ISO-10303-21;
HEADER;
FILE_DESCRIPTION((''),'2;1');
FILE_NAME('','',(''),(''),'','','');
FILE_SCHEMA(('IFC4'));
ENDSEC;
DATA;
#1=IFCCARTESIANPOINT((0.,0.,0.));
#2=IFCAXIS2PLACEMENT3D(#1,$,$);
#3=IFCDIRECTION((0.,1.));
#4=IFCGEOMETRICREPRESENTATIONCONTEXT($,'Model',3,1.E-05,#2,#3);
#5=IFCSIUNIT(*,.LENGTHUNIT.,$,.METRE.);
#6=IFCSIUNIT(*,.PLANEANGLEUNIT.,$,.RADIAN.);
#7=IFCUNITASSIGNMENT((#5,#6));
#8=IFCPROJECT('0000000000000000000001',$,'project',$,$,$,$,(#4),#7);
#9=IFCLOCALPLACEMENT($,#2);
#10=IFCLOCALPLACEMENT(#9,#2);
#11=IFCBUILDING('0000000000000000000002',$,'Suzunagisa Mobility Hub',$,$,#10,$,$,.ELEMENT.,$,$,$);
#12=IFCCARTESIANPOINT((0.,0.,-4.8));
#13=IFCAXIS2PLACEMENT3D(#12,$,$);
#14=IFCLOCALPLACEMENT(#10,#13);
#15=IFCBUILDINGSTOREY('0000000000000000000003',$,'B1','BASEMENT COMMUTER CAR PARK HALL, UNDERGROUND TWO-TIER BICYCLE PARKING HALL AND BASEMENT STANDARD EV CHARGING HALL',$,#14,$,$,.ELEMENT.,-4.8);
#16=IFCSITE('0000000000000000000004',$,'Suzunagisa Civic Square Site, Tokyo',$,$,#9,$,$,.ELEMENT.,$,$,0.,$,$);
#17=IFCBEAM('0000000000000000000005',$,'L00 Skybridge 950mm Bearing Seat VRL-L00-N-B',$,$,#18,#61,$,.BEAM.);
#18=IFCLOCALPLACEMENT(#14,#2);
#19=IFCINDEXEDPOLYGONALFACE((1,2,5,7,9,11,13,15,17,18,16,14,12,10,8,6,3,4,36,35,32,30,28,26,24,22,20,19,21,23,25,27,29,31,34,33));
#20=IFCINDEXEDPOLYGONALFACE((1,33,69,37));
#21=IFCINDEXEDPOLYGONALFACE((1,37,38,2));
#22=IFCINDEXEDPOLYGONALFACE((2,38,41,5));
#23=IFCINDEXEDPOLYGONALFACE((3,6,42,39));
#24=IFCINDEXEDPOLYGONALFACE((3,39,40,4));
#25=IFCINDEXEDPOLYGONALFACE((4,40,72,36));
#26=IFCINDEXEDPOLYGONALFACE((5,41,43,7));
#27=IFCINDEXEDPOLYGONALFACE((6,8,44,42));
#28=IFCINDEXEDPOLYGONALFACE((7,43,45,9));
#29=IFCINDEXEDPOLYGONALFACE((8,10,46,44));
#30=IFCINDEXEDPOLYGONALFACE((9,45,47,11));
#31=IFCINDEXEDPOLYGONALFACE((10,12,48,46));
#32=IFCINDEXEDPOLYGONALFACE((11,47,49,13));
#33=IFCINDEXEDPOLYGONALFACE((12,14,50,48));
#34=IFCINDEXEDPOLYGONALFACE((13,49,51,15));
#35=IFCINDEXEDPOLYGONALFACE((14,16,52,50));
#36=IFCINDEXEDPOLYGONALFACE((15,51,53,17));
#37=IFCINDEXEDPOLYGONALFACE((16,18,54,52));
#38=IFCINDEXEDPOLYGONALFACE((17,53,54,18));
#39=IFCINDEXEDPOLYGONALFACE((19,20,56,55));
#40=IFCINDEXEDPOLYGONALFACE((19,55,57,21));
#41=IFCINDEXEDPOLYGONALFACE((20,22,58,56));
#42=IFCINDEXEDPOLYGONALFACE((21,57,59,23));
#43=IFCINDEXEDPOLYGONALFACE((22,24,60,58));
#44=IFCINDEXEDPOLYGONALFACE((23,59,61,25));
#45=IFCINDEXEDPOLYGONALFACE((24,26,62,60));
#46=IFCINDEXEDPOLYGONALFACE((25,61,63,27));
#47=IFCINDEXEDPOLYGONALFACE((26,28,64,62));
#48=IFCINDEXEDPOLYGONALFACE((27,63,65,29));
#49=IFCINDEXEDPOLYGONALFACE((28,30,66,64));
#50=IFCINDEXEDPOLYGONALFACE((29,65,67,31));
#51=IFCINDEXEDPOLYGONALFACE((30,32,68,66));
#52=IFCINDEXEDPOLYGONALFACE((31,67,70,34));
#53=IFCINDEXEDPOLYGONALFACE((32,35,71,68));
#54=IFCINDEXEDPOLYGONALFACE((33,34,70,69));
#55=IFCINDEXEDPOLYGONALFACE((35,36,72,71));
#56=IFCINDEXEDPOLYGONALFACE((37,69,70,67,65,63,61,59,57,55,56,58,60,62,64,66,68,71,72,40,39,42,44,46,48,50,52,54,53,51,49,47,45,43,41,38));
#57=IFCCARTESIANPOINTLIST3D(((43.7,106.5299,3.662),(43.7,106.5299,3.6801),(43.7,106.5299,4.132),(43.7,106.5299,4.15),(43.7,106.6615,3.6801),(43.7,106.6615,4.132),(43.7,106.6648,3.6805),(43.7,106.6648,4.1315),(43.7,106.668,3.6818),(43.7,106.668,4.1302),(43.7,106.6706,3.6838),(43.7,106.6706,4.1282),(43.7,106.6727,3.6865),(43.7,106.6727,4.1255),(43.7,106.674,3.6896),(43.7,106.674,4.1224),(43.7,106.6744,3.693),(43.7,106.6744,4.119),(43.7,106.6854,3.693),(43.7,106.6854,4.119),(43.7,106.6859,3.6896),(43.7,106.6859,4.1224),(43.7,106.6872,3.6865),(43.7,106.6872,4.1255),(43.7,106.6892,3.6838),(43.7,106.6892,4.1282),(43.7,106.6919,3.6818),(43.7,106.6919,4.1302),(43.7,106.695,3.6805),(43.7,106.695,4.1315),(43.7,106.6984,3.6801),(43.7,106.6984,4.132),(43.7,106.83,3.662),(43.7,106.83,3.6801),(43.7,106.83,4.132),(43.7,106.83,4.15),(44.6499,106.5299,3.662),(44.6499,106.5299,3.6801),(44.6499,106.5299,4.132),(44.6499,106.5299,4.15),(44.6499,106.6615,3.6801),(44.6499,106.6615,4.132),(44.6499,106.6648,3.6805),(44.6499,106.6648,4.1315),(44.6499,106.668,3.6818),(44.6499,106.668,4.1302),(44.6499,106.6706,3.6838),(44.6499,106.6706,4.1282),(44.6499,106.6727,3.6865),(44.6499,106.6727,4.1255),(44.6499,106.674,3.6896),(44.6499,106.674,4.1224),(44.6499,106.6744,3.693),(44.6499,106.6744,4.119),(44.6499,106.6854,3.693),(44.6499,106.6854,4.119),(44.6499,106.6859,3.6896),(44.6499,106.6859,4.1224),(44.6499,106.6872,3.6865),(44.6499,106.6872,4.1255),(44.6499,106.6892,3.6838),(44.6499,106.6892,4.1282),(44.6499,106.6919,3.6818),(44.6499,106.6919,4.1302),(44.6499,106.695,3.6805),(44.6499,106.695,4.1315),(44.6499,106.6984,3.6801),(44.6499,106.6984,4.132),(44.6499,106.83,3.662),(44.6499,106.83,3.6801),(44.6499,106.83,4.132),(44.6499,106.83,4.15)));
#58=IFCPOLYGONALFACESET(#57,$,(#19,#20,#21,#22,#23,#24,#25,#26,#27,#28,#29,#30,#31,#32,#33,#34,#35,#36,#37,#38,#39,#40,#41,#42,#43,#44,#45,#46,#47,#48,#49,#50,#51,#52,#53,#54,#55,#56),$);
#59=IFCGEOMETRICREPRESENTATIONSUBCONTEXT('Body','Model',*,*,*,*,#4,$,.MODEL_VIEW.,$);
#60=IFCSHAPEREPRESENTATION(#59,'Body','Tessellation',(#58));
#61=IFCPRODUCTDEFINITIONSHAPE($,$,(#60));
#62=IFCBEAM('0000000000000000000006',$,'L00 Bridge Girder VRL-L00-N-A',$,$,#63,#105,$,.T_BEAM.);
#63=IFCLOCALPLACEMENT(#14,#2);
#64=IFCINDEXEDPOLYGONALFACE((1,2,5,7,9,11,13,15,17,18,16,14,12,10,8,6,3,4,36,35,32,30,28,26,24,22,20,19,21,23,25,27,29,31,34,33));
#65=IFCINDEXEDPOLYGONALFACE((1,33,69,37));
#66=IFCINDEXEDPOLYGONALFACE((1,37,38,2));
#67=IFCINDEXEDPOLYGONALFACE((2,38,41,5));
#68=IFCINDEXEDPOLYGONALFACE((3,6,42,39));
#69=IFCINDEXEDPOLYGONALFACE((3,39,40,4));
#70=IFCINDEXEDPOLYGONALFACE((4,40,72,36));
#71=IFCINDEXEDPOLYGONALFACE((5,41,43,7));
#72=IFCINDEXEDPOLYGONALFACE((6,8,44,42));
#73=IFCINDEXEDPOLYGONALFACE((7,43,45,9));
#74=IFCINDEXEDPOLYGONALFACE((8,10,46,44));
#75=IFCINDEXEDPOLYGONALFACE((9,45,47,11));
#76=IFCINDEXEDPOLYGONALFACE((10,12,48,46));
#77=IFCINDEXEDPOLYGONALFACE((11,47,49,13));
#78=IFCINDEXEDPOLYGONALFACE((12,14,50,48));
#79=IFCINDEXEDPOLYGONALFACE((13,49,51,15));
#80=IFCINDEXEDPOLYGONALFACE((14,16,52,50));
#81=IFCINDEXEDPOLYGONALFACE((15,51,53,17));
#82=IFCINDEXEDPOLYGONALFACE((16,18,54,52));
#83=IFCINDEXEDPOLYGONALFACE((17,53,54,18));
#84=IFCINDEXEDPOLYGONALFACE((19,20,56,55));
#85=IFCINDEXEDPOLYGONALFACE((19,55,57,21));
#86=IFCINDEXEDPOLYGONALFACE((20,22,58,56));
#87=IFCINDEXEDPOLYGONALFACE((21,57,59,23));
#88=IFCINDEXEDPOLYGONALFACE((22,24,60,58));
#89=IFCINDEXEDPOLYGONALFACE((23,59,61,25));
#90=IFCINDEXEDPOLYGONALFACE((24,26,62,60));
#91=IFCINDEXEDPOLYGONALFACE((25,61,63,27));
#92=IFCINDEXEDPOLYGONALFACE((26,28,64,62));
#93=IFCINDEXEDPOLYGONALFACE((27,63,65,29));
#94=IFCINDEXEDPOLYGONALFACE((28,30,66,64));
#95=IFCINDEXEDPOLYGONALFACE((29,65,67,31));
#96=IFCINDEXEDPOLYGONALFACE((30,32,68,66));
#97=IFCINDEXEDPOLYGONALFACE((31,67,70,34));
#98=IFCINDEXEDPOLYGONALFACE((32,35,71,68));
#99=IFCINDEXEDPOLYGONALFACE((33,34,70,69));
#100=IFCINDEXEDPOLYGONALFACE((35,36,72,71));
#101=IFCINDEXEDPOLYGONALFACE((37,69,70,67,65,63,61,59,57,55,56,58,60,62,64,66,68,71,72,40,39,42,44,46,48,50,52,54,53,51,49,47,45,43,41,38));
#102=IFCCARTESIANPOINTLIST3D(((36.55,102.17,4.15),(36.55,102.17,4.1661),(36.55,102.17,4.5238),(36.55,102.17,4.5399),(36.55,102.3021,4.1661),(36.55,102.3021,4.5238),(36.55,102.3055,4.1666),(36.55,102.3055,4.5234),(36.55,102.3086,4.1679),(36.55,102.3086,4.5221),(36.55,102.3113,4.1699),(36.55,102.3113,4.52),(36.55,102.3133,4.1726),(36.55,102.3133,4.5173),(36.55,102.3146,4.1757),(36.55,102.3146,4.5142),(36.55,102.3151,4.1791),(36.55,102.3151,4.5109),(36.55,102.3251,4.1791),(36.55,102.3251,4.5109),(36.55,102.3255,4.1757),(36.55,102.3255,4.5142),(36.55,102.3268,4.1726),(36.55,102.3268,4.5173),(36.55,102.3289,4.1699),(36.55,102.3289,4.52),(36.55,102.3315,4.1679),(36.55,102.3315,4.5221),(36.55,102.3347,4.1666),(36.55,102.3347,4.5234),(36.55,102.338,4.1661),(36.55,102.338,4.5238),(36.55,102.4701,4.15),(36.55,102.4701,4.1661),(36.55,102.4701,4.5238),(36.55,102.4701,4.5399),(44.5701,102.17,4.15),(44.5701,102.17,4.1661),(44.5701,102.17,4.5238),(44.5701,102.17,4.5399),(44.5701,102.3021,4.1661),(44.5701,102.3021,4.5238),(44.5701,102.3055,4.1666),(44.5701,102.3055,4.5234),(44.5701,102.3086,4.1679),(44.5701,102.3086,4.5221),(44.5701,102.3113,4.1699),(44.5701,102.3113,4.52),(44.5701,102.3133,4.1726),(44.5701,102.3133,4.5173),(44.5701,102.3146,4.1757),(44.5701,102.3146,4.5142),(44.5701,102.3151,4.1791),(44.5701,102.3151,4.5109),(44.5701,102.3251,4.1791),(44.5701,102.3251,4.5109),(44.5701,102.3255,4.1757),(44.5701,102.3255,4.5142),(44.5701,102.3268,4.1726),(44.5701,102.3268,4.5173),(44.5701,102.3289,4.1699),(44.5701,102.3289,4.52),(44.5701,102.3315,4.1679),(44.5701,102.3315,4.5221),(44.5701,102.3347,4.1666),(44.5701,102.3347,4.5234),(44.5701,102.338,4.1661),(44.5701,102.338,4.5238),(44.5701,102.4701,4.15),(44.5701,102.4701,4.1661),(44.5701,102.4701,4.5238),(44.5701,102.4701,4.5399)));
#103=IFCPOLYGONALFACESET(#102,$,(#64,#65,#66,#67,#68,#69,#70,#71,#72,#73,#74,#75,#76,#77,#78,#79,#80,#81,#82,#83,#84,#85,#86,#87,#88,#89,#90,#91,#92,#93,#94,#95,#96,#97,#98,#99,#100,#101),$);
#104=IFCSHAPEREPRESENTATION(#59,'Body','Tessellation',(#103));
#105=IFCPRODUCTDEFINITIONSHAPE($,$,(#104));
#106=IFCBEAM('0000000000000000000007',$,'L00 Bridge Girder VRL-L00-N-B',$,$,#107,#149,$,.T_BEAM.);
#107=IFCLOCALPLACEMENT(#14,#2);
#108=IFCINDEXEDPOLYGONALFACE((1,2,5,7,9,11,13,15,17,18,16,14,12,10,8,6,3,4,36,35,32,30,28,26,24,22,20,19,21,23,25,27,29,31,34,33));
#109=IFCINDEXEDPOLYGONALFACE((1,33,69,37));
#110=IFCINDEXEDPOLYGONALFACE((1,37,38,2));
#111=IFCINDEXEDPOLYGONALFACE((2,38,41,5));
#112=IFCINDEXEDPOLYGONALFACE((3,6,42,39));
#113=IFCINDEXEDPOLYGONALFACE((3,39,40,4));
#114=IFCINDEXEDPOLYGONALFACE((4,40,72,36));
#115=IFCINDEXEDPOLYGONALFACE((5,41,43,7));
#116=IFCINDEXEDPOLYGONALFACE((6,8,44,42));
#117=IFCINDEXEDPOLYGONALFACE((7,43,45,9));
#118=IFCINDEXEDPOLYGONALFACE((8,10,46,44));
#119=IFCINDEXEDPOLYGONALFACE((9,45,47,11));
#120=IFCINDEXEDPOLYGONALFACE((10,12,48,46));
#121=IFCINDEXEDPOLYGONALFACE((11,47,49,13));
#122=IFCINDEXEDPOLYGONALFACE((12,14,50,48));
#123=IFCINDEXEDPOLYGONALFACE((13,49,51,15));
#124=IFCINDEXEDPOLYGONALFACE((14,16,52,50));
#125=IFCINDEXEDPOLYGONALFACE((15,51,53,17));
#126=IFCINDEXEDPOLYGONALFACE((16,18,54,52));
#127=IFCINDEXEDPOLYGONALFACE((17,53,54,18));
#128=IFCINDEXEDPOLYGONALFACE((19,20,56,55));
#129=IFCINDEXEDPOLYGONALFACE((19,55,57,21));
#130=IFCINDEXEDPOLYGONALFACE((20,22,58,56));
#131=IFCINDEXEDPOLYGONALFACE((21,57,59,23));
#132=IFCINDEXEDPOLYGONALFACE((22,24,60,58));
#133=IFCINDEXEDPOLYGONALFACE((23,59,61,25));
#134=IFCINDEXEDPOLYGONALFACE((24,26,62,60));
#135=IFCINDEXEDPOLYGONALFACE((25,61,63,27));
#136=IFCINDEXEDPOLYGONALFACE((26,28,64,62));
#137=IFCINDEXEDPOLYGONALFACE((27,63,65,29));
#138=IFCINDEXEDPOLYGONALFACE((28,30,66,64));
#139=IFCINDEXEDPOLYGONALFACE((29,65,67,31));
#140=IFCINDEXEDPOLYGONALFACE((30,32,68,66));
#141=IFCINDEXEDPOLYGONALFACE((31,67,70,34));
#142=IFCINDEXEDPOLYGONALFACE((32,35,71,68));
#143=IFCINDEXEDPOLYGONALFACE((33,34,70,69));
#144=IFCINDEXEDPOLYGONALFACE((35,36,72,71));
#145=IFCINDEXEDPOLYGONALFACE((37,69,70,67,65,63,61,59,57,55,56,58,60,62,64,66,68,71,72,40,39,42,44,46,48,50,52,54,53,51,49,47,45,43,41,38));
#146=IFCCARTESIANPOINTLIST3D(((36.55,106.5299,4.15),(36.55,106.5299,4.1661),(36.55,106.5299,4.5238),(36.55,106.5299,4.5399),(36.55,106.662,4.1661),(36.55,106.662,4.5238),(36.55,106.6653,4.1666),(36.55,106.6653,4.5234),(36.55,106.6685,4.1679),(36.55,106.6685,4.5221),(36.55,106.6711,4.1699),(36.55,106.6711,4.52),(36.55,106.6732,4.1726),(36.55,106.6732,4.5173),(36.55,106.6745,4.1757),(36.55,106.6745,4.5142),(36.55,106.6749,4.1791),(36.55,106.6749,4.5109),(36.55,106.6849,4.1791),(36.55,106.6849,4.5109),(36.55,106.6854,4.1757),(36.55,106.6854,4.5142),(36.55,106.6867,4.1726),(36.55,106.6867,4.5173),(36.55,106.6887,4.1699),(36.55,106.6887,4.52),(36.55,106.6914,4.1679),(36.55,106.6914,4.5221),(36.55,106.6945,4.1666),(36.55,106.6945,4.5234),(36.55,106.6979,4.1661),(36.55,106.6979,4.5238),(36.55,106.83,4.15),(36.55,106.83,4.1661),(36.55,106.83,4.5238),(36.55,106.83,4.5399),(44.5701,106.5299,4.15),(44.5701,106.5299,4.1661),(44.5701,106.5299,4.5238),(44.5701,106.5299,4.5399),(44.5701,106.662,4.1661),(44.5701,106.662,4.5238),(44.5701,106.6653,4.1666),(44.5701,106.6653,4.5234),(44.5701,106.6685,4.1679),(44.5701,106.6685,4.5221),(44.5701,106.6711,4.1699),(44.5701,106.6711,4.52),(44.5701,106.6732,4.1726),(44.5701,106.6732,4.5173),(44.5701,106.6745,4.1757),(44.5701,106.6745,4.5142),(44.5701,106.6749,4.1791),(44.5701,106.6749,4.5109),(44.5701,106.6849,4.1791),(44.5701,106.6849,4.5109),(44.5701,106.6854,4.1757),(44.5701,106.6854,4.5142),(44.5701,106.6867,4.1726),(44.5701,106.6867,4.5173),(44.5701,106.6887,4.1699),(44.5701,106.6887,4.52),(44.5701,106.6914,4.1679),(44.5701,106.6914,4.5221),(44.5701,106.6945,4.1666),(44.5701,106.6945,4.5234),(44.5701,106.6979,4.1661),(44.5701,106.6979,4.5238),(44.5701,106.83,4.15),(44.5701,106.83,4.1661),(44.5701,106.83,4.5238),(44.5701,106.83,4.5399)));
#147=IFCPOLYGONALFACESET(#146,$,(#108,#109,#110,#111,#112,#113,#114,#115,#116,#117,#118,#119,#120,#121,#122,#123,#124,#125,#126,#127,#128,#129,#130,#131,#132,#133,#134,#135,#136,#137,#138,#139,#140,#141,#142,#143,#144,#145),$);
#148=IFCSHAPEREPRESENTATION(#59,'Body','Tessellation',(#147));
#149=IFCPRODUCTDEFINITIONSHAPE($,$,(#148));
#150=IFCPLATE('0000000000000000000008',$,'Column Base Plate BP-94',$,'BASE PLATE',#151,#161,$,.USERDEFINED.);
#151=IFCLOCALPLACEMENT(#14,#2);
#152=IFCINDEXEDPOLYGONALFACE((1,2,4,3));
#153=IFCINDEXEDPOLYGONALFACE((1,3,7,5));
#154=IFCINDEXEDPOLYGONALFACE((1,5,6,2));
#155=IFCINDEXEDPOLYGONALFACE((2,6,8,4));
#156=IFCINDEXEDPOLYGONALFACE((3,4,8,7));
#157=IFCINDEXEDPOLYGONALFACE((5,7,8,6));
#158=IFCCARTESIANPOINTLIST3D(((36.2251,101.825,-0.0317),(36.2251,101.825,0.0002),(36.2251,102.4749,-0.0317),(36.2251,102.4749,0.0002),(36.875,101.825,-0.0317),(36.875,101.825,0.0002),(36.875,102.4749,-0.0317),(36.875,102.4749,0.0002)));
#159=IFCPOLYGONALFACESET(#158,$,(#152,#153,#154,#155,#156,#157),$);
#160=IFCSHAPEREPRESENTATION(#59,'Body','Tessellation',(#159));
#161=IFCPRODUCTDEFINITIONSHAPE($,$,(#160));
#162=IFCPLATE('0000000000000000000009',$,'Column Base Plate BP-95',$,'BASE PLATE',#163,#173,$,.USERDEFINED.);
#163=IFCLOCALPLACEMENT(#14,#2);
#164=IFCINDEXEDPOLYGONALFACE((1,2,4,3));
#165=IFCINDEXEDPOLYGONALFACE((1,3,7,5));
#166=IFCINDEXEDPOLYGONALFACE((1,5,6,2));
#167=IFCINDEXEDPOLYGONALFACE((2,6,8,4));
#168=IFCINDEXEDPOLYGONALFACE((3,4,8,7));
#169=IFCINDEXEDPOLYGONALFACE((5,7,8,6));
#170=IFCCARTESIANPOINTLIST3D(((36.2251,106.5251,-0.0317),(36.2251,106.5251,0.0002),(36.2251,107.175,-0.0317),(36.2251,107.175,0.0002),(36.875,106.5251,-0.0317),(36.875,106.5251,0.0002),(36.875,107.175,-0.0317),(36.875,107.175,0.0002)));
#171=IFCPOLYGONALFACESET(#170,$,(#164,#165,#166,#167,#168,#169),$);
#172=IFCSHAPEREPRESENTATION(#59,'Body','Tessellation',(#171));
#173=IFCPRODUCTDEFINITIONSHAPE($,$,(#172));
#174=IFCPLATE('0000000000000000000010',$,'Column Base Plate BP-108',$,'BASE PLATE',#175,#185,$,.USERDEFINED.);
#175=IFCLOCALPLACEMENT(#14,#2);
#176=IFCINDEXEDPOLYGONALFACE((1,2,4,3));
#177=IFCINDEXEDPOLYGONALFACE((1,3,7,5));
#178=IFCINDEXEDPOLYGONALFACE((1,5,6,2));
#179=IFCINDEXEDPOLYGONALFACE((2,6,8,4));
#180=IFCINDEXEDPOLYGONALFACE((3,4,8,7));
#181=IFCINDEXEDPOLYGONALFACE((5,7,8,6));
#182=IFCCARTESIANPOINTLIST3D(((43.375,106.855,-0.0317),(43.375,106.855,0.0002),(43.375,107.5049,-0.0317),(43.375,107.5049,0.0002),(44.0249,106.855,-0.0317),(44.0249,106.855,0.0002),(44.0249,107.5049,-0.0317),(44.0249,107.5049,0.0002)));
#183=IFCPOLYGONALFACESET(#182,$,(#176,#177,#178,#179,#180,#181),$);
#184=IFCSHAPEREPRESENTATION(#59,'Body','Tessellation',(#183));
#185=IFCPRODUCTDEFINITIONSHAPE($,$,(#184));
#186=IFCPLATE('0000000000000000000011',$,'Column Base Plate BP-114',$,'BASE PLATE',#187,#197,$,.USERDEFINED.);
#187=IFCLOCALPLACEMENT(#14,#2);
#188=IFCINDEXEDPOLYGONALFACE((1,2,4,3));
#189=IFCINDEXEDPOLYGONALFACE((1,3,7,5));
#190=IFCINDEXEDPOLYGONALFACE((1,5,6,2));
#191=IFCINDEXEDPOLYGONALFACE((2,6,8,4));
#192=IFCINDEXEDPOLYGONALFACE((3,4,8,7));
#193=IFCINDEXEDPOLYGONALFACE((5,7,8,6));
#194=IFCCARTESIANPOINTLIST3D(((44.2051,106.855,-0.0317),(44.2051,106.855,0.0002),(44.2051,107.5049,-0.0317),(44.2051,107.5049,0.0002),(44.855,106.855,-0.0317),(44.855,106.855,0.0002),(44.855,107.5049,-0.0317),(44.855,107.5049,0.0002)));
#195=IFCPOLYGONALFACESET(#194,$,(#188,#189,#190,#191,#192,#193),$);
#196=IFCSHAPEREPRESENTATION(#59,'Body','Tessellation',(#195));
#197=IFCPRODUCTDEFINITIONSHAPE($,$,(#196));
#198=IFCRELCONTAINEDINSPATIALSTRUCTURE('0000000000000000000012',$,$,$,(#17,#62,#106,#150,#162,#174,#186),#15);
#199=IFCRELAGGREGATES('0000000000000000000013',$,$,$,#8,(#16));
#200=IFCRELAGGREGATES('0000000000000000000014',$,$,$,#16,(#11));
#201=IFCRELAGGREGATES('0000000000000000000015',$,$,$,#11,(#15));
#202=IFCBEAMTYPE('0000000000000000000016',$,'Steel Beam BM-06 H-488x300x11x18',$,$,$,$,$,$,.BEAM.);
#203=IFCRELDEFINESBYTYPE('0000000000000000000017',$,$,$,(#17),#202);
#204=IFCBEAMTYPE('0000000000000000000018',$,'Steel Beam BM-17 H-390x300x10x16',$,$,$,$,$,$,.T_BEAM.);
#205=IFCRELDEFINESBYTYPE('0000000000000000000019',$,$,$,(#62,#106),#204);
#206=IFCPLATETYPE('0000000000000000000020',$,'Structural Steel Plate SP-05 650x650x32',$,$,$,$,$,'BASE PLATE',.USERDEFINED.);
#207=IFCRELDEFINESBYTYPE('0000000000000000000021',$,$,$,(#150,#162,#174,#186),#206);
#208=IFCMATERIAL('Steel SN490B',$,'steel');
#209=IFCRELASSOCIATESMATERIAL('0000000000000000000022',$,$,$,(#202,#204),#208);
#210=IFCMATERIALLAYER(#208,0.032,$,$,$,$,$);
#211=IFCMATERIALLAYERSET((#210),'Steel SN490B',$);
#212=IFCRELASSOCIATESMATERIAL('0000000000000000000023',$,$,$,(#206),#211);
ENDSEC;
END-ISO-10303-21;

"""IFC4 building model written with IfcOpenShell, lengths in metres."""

from ifc_helpers import new_model, si_unit, direction, frame, origin, origin_2d, place, context, subcontext, project, spatial, rectangle, i_section, extrude, material, layer, layer_set, material_profile, profile_set, type_object, element, save


model = new_model("IFC4")

# Units and contexts
model_context = context("Model", 3, precision=1e-05, world=origin(), true_north=direction((0.0, 1.0)))
body_context = subcontext(model_context, "Body", "Model", "MODEL_VIEW")
ifc_project = project(units=[si_unit("LENGTHUNIT", "METRE"), si_unit("PLANEANGLEUNIT", "RADIAN")], contexts=[model_context])

# Site, building, storey
site_placement = place(None, origin())
site = spatial("IfcSite", under=ifc_project, at=site_placement, Name="Suzunagisa Civic Square Site, Tokyo", CompositionType="ELEMENT", RefElevation=0.0)
building_placement = place(site_placement, origin())
building = spatial("IfcBuilding", under=site, at=building_placement, Name="Suzunagisa Mobility Hub", CompositionType="ELEMENT")
storey_placement = place(building_placement, frame((0.0, 0.0, -4.8)))
storey = spatial("IfcBuildingStorey", under=building, at=storey_placement, Name="B1", Description="BASEMENT COMMUTER CAR PARK HALL, UNDERGROUND TWO-TIER BICYCLE PARKING HALL AND BASEMENT STANDARD EV CHARGING HALL", CompositionType="ELEMENT", Elevation=-4.8)

# Shared definitions
ifc_material_1 = material(Name="Steel SN490B", Category="steel")

# Beams
ifc_material_profile_1 = material_profile(ifc_material_1, i_section(OverallWidth=0.3, OverallDepth=0.488, WebThickness=0.011, FlangeThickness=0.0181, FilletRadius=0.0129, at=origin_2d()), Name="H-488x300x11x18")
ifc_profile_set_1 = profile_set([ifc_material_profile_1], Name="Steel SN490B")
beam_type_1 = type_object("IfcBeamType", Name="Steel Beam BM-06 H-488x300x11x18", PredefinedType="BEAM", material=ifc_profile_set_1)
for number, where, z_axis, x_axis, name in (
    (1, (43.7, 106.6799, 3.906), (1.0, 0.0, 0.0), (0.0, 1.0, 0.0), "L00 Skybridge 950mm Bearing Seat VRL-L00-N-B"),
):
    element("IfcBeam", number, at=place(storey_placement, frame(where, z_axis=z_axis, x_axis=x_axis)), inside=storey, type_object=beam_type_1, Name=name, PredefinedType="BEAM", context=body_context, shape_type="SweptSolid", body=[
        extrude(i_section(OverallWidth=0.3, OverallDepth=0.488, WebThickness=0.011, FlangeThickness=0.0181, FilletRadius=0.0129, at=origin_2d()), origin(), (0.0, 0.0, 1.0), 0.95),
    ])
ifc_material_profile_2 = material_profile(ifc_material_1, i_section(OverallWidth=0.3, OverallDepth=0.3899, WebThickness=0.01, FlangeThickness=0.0161, FilletRadius=0.0129, at=origin_2d()), Name="H-390x300x10x16")
ifc_profile_set_2 = profile_set([ifc_material_profile_2], Name="Steel SN490B")
beam_type_2 = type_object("IfcBeamType", Name="Steel Beam BM-17 H-390x300x10x16", PredefinedType="T_BEAM", material=ifc_profile_set_2)
for number, where, z_axis, x_axis, name in (
    (2, (36.55, 102.3201, 4.345), (1.0, 0.0, 0.0), (0.0, 1.0, 0.0), "L00 Bridge Girder VRL-L00-N-A"),
    (3, (36.55, 106.6799, 4.345), (1.0, 0.0, 0.0), (0.0, 1.0, 0.0), "L00 Bridge Girder VRL-L00-N-B"),
):
    element("IfcBeam", number, at=place(storey_placement, frame(where, z_axis=z_axis, x_axis=x_axis)), inside=storey, type_object=beam_type_2, Name=name, PredefinedType="T_BEAM", context=body_context, shape_type="SweptSolid", body=[
        extrude(i_section(OverallWidth=0.3, OverallDepth=0.3899, WebThickness=0.01, FlangeThickness=0.0161, FilletRadius=0.0129, at=origin_2d()), origin(), (0.0, 0.0, 1.0), 8.02),
    ])

# Plates
ifc_layer = layer(ifc_material_1, 0.032)
ifc_layer_set = layer_set([ifc_layer], Name="Steel SN490B")
plate_type = type_object("IfcPlateType", Name="Structural Steel Plate SP-05 650x650x32", ElementType="BASE PLATE", PredefinedType="USERDEFINED", material=ifc_layer_set)
for number, where, z_axis, x_axis, name in (
    (4, (36.55, 102.1499, -0.0317), (0.0, 0.0, 1.0), (1.0, 0.0, 0.0), "Column Base Plate BP-94"),
    (5, (36.55, 106.8501, -0.0317), (0.0, 0.0, 1.0), (1.0, 0.0, 0.0), "Column Base Plate BP-95"),
    (6, (43.7, 107.1799, -0.0317), (0.0, 0.0, 1.0), (1.0, 0.0, 0.0), "Column Base Plate BP-108"),
    (7, (44.53, 107.1799, -0.0317), (0.0, 0.0, 1.0), (1.0, 0.0, 0.0), "Column Base Plate BP-114"),
):
    element("IfcPlate", number, at=place(storey_placement, frame(where, z_axis=z_axis, x_axis=x_axis)), inside=storey, type_object=plate_type, Name=name, ObjectType="BASE PLATE", PredefinedType="USERDEFINED", context=body_context, shape_type="SweptSolid", body=[
        extrude(rectangle(XDim=0.6499, YDim=0.6499, at=origin_2d()), origin(), (0.0, 0.0, 1.0), 0.032),
    ])

save(model, "model.ifc")
